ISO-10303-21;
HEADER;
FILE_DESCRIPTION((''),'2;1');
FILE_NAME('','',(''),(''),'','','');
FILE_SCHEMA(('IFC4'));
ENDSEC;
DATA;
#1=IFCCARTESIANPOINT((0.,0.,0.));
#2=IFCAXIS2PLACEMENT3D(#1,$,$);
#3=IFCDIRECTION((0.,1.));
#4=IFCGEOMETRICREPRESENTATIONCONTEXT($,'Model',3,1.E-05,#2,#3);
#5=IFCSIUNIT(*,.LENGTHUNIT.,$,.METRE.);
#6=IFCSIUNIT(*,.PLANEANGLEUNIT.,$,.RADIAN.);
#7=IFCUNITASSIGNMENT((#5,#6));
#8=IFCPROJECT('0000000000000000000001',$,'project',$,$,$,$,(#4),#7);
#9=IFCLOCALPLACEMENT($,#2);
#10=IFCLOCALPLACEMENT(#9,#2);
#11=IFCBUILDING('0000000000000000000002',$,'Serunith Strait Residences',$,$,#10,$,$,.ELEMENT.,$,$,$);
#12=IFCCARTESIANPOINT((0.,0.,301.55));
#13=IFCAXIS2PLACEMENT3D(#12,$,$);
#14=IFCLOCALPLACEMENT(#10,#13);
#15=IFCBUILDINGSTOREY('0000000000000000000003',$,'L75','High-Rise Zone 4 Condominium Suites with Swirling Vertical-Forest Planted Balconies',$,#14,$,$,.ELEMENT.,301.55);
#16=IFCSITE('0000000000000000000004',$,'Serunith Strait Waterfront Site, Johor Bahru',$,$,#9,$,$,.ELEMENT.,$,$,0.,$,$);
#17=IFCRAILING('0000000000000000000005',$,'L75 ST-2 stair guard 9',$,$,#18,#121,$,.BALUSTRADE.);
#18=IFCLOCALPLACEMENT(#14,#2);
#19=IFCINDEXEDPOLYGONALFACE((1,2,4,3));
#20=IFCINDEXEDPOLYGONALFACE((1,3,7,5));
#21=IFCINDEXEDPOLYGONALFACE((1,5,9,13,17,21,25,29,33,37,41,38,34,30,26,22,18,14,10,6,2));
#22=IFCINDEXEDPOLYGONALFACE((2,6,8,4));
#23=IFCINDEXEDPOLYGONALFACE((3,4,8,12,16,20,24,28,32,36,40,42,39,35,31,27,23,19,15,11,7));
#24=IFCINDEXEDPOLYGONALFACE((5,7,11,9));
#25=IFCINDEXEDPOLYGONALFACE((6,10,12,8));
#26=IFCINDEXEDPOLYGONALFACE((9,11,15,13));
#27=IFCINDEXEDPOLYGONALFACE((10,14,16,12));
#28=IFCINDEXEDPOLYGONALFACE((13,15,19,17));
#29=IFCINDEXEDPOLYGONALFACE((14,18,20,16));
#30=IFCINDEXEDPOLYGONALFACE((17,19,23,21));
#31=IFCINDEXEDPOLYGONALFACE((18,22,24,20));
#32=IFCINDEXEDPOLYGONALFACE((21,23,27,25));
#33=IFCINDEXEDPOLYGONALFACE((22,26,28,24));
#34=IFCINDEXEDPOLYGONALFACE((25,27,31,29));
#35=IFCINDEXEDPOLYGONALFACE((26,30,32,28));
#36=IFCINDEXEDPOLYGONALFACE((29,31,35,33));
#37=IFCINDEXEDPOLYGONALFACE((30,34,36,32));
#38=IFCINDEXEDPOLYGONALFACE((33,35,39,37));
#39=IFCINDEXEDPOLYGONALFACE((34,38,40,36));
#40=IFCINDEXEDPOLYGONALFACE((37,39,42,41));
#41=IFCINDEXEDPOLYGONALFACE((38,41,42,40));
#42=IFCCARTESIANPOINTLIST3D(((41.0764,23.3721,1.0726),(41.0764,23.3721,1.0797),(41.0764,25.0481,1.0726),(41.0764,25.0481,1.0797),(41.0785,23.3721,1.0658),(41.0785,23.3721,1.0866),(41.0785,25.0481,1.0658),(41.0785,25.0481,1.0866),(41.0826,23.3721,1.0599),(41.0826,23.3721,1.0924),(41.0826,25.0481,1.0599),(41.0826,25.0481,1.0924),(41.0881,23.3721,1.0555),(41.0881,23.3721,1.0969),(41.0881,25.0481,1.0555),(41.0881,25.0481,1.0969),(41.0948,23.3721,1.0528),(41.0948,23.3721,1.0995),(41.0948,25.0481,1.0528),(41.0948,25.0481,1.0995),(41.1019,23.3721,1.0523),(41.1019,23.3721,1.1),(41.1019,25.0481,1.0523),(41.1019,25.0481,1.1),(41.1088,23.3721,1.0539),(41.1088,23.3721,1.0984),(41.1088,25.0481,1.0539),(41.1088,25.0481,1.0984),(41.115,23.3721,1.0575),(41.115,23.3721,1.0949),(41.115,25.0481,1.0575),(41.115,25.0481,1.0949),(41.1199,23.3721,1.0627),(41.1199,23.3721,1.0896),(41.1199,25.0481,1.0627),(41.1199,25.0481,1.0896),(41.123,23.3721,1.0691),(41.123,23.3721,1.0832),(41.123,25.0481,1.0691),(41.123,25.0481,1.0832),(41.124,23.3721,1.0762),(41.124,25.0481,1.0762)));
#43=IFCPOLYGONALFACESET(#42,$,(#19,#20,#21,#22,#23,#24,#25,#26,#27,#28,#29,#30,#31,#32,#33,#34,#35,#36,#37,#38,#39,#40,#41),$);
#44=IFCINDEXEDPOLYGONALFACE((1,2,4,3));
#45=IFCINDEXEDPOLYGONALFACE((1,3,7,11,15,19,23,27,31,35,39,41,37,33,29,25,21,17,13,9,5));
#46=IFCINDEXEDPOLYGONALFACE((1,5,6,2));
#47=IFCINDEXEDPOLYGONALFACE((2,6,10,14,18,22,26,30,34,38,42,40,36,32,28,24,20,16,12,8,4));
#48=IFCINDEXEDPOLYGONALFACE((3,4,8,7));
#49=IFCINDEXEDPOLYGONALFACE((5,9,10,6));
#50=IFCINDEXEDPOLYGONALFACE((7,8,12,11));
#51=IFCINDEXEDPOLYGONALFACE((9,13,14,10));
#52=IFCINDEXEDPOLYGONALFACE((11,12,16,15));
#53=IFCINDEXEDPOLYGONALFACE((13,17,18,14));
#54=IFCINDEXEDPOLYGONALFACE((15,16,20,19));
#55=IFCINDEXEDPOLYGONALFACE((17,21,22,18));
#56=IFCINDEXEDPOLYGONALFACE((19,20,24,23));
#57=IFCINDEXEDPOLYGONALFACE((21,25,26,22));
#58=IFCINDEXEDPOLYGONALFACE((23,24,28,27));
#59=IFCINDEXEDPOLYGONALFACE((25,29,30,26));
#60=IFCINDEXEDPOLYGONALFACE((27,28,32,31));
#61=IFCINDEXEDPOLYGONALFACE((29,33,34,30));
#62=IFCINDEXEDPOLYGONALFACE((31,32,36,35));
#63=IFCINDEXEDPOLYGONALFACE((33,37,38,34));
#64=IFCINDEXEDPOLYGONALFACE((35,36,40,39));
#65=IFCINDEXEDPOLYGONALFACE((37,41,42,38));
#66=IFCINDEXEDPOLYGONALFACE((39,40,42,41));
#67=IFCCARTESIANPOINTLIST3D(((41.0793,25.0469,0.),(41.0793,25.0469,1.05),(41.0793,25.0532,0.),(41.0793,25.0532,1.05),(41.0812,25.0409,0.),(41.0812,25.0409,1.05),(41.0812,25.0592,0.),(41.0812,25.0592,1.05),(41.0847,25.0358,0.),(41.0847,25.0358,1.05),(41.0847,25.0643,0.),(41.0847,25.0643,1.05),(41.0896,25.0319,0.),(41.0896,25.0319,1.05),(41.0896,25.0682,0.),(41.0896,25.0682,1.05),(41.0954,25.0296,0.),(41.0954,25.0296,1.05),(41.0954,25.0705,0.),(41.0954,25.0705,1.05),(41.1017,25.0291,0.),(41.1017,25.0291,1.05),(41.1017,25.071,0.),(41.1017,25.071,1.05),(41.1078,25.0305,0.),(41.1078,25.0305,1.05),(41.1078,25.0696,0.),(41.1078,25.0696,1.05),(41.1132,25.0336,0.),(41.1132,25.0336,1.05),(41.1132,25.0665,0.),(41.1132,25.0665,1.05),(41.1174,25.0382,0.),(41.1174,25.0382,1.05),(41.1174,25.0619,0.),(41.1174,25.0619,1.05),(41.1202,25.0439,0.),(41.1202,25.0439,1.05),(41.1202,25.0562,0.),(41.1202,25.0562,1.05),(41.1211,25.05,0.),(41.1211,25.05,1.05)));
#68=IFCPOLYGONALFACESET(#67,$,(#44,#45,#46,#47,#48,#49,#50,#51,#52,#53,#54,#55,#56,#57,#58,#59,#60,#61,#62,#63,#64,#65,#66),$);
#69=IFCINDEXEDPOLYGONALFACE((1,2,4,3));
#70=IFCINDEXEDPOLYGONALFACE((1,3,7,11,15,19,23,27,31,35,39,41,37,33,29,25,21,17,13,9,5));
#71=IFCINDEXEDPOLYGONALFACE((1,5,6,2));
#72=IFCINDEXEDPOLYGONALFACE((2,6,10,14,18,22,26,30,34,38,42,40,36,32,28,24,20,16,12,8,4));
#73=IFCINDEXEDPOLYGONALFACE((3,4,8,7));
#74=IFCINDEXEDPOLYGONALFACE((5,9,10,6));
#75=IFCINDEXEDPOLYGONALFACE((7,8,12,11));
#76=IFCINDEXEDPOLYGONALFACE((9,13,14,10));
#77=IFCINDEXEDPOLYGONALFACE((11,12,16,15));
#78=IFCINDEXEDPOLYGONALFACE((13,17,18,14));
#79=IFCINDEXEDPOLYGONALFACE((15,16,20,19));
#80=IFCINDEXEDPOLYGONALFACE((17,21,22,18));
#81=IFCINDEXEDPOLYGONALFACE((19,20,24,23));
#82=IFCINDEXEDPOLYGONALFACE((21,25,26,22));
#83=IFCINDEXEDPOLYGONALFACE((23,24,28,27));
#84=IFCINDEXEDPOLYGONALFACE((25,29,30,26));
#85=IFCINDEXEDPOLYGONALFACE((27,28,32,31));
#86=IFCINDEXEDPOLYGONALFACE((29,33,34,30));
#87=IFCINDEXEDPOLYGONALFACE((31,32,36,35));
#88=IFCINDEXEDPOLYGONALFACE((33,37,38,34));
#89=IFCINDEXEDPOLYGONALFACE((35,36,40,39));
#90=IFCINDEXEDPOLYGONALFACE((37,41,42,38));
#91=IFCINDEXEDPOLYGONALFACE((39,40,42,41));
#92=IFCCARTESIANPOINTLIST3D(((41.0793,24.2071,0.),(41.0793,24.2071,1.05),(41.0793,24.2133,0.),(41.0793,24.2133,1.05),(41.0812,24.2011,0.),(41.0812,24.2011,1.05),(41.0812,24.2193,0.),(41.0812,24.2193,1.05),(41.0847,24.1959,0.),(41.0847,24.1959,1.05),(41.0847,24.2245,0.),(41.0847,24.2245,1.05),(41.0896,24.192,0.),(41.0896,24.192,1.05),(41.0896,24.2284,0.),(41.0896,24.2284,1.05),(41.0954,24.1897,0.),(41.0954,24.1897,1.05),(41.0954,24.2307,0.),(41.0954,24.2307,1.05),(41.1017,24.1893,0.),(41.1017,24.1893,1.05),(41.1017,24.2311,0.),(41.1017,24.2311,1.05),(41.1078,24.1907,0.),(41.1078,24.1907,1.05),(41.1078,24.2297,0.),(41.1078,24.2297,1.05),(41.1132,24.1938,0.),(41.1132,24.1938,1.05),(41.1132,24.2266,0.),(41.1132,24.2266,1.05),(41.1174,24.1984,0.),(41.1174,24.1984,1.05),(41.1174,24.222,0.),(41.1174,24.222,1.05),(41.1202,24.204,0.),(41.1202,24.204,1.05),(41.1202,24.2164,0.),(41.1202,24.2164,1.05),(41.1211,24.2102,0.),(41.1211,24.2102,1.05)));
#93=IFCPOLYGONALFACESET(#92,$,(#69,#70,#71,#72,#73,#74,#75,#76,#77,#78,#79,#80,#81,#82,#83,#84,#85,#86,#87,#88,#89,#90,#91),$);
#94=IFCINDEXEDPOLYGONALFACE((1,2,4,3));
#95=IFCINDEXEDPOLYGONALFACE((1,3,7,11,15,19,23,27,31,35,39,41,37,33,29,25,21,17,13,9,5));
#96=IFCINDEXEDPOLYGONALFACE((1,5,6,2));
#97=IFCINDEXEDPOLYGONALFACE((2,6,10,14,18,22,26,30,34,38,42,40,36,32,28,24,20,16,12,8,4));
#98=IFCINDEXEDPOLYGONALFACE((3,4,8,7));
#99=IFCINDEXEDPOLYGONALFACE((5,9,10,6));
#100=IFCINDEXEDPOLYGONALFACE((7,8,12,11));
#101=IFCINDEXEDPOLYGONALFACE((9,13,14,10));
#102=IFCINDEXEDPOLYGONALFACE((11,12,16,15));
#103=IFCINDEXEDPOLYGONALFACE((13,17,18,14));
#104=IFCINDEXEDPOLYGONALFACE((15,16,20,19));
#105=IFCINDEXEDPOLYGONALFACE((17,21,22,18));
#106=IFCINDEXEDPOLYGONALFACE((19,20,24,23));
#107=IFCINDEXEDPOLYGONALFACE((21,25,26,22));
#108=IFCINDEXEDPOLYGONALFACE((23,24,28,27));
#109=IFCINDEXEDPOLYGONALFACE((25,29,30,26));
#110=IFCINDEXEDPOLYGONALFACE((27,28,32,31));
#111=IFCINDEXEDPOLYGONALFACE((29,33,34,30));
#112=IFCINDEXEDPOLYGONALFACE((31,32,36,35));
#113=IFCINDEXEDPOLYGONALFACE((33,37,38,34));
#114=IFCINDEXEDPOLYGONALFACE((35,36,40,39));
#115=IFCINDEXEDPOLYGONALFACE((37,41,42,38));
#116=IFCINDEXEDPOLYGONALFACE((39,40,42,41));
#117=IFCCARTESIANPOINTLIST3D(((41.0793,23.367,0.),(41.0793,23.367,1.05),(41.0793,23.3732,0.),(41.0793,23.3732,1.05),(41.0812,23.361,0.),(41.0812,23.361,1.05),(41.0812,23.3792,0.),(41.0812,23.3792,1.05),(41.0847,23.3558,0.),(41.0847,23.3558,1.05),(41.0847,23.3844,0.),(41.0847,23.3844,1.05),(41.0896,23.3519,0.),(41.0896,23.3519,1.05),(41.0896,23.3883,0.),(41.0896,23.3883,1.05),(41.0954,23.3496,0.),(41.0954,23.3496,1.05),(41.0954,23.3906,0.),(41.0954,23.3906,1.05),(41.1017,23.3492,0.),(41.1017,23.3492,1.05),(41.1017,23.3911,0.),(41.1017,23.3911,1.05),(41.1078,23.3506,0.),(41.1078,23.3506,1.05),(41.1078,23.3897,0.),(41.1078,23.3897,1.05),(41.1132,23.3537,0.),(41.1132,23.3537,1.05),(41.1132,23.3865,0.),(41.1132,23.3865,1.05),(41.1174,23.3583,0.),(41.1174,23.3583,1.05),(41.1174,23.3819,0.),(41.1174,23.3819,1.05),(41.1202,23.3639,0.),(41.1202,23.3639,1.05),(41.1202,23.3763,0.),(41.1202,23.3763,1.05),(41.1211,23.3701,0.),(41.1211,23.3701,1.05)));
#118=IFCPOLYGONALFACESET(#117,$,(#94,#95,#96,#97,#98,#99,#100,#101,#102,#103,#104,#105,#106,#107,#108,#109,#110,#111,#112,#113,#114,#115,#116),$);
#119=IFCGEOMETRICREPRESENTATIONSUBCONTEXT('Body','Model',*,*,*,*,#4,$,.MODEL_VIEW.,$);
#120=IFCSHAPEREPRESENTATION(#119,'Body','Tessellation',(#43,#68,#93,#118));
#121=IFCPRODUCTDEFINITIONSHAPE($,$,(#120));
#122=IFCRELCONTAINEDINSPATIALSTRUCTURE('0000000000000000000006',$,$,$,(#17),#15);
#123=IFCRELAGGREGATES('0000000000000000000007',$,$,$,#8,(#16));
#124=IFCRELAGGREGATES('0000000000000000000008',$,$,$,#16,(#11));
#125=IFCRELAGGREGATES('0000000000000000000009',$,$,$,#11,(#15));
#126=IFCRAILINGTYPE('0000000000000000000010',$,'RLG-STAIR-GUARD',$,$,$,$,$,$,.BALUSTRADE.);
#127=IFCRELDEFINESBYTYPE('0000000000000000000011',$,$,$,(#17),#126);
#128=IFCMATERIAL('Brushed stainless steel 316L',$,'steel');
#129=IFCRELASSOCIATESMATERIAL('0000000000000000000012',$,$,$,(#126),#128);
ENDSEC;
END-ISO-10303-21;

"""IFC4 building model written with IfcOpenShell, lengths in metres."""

from ifc_helpers import new_model, si_unit, direction, frame, origin, origin_2d, place, context, subcontext, project, spatial, circle, extrude, material, type_object, element, save


model = new_model("IFC4")

# Units and contexts
model_context = context("Model", 3, precision=1e-05, world=origin(), true_north=direction((0.0, 1.0)))
body_context = subcontext(model_context, "Body", "Model", "MODEL_VIEW")
ifc_project = project(units=[si_unit("LENGTHUNIT", "METRE"), si_unit("PLANEANGLEUNIT", "RADIAN")], contexts=[model_context])

# Site, building, storey
site_placement = place(None, origin())
site = spatial("IfcSite", under=ifc_project, at=site_placement, Name="Serunith Strait Waterfront Site, Johor Bahru", CompositionType="ELEMENT", RefElevation=0.0)
building_placement = place(site_placement, origin())
building = spatial("IfcBuilding", under=site, at=building_placement, Name="Serunith Strait Residences", CompositionType="ELEMENT")
storey_placement = place(building_placement, frame((0.0, 0.0, 301.55)))
storey = spatial("IfcBuildingStorey", under=building, at=storey_placement, Name="L75", Description="High-Rise Zone 4 Condominium Suites with Swirling Vertical-Forest Planted Balconies", CompositionType="ELEMENT", Elevation=301.55)

# Railing
ifc_material_1 = material(Name="Brushed stainless steel 316L", Category="steel")
railing_type = type_object("IfcRailingType", Name="RLG-STAIR-GUARD", PredefinedType="BALUSTRADE", material=ifc_material_1)
for number, where, name in (
    (1, (41.1001, 25.05, 0.0), "L75 ST-2 stair guard 9"),
):
    element("IfcRailing", number, at=place(storey_placement, frame(where)), inside=storey, type_object=railing_type, Name=name, PredefinedType="BALUSTRADE", context=body_context, shape_type="SweptSolid", body=[
        extrude(circle(Radius=0.0239, at=origin_2d()), frame((0.0, -0.002, 1.0762), z_axis=(0.0, -1.0, 0.0), x_axis=(1.0, 0.0, 0.0)), (0.0, 0.0, 1.0), 1.676),
        extrude(circle(Radius=0.021, at=origin_2d()), origin(), (0.0, 0.0, 1.0), 1.05),
        extrude(circle(Radius=0.021, at=origin_2d()), frame((0.0, -0.8398, 0.0)), (0.0, 0.0, 1.0), 1.05),
        extrude(circle(Radius=0.021, at=origin_2d()), frame((0.0, -1.6799, 0.0)), (0.0, 0.0, 1.0), 1.05),
    ])

save(model, "model.ifc")
